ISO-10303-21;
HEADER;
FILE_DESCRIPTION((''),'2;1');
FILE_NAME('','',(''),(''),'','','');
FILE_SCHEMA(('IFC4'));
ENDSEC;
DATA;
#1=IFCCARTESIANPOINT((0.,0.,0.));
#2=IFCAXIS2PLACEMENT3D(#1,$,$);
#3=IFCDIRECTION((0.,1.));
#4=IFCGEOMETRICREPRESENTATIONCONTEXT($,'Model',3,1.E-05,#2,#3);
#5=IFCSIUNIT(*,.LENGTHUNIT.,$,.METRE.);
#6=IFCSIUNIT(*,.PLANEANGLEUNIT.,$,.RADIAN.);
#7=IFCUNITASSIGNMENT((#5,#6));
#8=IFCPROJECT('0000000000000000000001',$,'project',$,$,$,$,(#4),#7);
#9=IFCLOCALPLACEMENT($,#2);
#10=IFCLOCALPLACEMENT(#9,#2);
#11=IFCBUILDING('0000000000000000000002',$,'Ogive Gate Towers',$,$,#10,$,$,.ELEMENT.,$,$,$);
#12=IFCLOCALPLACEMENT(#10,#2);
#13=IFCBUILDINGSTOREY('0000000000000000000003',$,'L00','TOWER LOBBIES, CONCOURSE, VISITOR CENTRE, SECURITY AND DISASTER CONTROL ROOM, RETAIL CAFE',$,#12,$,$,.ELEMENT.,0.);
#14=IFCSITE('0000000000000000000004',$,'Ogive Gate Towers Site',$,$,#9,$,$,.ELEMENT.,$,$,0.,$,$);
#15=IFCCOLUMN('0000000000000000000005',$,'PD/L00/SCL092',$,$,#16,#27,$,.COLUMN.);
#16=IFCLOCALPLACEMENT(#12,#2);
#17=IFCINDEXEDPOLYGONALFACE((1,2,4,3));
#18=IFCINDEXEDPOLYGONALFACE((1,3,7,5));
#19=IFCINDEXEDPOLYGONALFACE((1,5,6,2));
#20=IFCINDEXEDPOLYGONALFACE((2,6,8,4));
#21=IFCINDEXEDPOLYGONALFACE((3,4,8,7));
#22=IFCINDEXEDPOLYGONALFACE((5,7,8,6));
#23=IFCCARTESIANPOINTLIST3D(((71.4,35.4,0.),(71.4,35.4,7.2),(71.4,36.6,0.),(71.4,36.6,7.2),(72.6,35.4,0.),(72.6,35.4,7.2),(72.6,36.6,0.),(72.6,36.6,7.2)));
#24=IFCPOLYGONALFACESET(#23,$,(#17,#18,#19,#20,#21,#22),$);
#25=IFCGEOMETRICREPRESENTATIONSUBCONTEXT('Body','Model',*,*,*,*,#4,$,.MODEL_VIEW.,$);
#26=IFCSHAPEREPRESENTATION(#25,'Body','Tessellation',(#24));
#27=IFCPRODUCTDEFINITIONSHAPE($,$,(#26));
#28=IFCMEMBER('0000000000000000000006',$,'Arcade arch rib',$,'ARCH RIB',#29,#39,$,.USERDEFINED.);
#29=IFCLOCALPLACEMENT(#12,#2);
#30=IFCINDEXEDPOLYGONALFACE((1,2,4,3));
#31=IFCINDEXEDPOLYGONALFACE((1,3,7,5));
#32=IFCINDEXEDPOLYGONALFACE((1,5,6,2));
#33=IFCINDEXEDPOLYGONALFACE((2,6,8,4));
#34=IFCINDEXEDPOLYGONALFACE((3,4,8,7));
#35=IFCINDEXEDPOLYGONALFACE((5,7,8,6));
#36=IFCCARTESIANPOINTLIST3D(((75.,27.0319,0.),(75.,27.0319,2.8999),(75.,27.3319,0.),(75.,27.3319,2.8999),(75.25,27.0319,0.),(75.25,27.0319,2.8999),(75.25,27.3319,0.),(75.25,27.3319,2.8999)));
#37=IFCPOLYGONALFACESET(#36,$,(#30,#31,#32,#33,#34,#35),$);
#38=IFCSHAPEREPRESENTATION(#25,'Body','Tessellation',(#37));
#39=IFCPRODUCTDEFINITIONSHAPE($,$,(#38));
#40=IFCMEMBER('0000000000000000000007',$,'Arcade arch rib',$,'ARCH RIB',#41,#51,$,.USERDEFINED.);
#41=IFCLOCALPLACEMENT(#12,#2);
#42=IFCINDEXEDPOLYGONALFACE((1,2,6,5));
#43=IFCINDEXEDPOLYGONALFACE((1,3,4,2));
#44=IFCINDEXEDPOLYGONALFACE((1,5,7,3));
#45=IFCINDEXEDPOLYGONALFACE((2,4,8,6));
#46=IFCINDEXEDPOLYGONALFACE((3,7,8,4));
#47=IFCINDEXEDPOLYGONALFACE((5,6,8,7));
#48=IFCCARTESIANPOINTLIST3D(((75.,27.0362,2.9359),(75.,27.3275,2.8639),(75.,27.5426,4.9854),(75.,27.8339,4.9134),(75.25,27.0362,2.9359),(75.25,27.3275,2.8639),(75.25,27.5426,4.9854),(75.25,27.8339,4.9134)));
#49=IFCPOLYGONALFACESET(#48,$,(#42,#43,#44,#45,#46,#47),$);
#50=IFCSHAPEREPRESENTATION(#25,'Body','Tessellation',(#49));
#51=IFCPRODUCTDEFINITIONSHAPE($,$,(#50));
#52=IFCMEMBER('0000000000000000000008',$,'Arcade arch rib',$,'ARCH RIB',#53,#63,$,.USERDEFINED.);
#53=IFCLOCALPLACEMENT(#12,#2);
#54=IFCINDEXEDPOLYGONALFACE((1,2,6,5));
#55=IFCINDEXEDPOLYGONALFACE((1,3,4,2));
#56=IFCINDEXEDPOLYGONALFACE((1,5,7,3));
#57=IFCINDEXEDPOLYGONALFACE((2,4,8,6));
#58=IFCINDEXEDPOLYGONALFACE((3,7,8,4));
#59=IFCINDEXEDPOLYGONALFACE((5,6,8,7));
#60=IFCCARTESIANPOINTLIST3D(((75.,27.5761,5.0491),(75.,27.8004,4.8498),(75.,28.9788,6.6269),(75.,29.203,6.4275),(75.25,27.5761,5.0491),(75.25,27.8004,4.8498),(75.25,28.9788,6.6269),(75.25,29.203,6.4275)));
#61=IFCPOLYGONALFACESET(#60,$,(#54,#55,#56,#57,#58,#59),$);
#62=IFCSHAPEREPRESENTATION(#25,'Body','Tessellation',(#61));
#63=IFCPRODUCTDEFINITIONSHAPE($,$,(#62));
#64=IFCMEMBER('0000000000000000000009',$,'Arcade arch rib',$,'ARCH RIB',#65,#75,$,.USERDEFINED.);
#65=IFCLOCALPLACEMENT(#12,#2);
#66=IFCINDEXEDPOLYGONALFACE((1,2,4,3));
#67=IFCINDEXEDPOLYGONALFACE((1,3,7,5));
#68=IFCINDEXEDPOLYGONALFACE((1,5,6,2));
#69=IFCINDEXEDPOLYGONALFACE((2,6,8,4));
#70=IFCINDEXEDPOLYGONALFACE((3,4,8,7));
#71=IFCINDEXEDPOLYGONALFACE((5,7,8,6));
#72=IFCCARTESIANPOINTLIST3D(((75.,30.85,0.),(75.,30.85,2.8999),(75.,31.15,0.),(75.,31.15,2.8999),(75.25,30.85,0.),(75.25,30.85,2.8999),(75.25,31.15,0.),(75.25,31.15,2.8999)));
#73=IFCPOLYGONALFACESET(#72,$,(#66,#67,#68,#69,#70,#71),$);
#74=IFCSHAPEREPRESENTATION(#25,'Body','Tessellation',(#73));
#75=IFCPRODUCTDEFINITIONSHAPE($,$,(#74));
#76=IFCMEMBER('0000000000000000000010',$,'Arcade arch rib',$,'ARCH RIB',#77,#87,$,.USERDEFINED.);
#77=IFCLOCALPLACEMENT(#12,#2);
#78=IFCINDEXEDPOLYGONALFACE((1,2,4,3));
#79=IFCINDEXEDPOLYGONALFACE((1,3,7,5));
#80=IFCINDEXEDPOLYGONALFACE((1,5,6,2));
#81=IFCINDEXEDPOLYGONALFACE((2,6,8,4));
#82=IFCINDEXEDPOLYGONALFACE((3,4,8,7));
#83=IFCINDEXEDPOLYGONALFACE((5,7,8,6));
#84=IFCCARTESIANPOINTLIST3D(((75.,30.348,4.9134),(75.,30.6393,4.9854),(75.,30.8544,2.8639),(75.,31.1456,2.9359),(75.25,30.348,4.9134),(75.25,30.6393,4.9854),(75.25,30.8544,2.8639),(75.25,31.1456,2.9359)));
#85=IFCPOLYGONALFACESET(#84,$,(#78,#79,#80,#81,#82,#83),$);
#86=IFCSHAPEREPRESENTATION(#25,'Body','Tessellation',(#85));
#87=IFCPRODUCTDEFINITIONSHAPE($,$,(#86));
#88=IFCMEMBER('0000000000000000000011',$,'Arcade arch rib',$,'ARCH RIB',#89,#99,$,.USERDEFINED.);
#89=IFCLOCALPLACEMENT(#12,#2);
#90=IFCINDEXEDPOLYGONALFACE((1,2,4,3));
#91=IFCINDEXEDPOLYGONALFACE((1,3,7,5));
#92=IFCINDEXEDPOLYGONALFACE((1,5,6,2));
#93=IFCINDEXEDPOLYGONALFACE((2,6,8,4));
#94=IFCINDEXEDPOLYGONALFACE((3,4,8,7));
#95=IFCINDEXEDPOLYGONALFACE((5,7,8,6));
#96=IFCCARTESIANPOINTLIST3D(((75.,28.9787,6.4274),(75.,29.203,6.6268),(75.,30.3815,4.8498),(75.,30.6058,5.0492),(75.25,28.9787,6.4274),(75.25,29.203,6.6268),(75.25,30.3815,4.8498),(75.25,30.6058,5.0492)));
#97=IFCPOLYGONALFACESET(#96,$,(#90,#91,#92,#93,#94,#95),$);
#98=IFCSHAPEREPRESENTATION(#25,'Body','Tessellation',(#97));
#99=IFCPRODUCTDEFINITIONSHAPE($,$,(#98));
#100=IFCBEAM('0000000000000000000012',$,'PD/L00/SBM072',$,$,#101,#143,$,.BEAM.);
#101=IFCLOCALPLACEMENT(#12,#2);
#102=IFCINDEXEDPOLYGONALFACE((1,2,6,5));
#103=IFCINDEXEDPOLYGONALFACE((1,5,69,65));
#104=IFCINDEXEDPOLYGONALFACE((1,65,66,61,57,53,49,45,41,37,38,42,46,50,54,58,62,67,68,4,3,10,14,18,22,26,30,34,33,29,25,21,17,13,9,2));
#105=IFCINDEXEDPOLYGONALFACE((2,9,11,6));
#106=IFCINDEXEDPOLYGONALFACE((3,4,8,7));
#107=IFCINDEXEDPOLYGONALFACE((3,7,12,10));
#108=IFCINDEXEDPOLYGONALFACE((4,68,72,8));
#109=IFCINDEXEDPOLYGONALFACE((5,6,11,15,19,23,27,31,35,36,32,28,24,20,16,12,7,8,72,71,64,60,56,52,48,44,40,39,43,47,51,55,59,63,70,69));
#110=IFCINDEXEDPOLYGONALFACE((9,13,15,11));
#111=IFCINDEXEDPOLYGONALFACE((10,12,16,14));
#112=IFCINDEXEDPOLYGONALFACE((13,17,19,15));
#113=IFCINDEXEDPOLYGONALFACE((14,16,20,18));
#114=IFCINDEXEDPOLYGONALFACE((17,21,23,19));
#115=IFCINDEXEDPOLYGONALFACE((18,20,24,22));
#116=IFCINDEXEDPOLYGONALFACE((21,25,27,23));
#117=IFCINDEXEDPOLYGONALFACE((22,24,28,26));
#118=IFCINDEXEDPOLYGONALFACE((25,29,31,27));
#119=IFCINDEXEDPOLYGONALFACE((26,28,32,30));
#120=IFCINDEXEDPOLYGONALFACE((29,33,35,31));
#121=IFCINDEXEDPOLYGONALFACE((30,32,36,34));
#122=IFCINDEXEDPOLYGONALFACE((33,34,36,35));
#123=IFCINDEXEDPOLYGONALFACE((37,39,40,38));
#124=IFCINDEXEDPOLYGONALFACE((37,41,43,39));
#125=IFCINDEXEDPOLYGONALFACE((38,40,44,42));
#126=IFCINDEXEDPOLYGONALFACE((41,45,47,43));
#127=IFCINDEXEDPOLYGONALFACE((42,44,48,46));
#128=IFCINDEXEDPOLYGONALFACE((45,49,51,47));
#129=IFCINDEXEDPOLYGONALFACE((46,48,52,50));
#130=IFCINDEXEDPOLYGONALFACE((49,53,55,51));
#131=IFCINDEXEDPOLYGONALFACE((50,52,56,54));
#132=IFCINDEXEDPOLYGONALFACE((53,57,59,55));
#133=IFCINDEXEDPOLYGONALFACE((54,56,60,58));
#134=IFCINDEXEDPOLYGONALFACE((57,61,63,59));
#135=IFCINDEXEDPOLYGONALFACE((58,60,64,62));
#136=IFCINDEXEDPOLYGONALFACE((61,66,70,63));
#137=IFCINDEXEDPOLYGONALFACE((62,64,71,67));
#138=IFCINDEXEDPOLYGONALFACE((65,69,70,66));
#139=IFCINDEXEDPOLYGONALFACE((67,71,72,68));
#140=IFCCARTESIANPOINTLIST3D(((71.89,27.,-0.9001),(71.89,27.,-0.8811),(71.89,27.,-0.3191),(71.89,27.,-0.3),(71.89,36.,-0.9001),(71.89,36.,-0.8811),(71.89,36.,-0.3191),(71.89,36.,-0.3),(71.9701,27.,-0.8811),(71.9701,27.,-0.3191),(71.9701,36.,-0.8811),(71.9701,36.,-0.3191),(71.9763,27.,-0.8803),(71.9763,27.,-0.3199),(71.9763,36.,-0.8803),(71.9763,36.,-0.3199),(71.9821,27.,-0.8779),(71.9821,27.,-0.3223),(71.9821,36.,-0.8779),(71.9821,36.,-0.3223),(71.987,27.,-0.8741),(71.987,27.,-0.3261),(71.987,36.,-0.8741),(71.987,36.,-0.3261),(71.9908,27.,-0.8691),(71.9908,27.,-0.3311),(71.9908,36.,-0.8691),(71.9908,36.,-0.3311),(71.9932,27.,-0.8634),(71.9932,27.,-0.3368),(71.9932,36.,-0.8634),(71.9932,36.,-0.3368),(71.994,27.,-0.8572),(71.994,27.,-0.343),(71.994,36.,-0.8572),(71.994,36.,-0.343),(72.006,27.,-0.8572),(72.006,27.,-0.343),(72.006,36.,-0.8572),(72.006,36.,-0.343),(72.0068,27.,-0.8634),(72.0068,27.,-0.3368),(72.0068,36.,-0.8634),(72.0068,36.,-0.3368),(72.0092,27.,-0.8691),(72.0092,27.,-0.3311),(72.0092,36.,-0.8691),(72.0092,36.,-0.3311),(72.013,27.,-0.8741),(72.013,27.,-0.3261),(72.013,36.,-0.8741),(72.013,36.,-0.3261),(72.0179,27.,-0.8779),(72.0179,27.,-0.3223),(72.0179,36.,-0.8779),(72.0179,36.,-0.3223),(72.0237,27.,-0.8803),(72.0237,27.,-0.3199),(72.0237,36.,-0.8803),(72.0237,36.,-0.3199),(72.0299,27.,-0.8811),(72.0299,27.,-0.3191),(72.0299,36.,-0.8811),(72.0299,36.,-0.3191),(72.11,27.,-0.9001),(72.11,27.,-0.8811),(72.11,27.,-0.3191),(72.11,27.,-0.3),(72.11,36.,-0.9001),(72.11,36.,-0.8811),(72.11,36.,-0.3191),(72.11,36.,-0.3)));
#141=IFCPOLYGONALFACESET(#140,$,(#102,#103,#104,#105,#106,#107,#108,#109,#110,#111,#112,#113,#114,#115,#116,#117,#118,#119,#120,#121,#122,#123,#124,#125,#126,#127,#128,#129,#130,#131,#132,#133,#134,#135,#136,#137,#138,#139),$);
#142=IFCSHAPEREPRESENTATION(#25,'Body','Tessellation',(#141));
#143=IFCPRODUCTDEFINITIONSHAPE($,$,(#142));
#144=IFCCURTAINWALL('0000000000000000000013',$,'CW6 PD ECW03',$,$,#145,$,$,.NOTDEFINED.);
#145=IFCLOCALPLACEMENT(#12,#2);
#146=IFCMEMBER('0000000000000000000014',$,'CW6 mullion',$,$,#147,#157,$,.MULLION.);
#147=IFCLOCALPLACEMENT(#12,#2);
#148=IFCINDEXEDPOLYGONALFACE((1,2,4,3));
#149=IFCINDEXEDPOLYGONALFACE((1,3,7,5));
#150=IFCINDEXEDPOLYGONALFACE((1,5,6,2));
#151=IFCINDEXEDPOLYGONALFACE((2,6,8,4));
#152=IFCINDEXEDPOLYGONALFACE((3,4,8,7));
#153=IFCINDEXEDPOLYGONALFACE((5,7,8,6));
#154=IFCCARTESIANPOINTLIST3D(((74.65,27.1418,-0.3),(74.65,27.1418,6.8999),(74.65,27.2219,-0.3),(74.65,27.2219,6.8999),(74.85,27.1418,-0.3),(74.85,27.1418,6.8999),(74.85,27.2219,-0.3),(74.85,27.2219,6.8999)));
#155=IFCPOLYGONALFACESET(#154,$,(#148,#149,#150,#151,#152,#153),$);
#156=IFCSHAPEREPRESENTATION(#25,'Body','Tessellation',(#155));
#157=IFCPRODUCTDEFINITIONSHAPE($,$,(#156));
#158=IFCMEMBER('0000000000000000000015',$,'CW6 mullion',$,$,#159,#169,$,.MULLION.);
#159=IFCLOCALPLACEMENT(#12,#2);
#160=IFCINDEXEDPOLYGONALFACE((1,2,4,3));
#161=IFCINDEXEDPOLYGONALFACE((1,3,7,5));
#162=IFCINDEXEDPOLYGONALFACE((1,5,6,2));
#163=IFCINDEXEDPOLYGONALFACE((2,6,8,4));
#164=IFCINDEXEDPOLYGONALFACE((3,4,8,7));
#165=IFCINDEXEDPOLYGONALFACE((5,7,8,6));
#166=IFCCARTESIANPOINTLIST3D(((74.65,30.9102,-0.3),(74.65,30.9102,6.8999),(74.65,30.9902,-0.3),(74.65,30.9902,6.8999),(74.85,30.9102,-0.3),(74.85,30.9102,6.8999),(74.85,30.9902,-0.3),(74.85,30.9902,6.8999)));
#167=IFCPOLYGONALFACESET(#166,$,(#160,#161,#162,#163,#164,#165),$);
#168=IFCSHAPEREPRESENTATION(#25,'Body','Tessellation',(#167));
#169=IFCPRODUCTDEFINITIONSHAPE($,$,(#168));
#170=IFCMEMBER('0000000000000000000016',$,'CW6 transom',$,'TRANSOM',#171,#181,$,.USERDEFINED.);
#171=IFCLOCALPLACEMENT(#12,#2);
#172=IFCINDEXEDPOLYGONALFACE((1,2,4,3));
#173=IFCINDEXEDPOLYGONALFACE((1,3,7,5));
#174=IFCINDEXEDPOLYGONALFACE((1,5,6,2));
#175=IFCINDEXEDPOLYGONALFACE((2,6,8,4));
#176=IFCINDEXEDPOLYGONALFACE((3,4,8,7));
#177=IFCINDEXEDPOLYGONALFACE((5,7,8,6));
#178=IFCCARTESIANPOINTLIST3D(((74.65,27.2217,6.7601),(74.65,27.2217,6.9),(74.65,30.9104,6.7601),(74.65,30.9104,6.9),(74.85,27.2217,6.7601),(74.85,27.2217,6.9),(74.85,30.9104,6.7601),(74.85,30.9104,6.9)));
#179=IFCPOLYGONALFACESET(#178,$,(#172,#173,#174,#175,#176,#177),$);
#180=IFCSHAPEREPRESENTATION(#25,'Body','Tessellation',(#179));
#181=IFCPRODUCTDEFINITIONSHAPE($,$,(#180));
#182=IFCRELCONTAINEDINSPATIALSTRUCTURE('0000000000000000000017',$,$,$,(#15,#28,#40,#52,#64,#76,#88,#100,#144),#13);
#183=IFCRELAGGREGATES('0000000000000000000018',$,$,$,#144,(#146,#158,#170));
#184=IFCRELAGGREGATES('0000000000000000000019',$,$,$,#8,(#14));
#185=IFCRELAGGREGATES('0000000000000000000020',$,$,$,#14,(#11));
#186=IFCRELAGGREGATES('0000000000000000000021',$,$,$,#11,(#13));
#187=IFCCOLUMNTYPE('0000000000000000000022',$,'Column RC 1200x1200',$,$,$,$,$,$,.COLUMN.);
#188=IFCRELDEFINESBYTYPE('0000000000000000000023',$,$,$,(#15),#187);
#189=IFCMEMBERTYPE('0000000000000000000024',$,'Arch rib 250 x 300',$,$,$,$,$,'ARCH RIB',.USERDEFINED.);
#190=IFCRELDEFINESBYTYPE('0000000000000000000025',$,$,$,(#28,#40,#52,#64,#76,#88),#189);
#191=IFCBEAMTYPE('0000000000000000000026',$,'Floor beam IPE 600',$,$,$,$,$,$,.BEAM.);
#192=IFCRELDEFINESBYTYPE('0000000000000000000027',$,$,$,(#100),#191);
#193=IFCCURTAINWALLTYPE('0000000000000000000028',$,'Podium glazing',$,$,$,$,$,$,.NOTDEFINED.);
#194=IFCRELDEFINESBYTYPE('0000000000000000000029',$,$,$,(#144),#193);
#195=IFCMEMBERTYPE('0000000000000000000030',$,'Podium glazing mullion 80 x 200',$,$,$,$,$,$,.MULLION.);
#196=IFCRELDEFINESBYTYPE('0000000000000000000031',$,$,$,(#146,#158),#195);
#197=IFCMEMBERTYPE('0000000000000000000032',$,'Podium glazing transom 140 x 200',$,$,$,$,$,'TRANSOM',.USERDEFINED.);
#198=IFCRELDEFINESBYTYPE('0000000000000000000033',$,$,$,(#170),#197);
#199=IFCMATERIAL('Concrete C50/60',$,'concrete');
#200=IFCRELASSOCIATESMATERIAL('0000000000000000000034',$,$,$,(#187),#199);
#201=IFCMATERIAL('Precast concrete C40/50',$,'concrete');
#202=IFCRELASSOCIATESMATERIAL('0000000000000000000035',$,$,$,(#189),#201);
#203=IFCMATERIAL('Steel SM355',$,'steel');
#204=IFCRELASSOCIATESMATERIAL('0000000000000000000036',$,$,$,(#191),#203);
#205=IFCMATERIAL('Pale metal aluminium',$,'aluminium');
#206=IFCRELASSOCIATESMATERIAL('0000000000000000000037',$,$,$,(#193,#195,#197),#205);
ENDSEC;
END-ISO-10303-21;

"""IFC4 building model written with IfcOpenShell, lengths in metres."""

from ifc_helpers import new_model, si_unit, direction, frame, origin, origin_2d, place, context, subcontext, project, spatial, rectangle, i_section, extrude, material, material_profile, profile_set, type_object, element, aggregate, save


model = new_model("IFC4")

# Units and contexts
model_context = context("Model", 3, precision=1e-05, world=origin(), true_north=direction((0.0, 1.0)))
body_context = subcontext(model_context, "Body", "Model", "MODEL_VIEW")
ifc_project = project(units=[si_unit("LENGTHUNIT", "METRE"), si_unit("PLANEANGLEUNIT", "RADIAN")], contexts=[model_context])

# Site, building, storey
site_placement = place(None, origin())
site = spatial("IfcSite", under=ifc_project, at=site_placement, Name="Ogive Gate Towers Site", CompositionType="ELEMENT", RefElevation=0.0)
building_placement = place(site_placement, origin())
building = spatial("IfcBuilding", under=site, at=building_placement, Name="Ogive Gate Towers", CompositionType="ELEMENT")
storey_placement = place(building_placement, origin())
storey = spatial("IfcBuildingStorey", under=building, at=storey_placement, Name="L00", Description="TOWER LOBBIES, CONCOURSE, VISITOR CENTRE, SECURITY AND DISASTER CONTROL ROOM, RETAIL CAFE", CompositionType="ELEMENT", Elevation=0.0)

# Column
ifc_material_1 = material(Name="Concrete C50/60", Category="concrete")
ifc_material_profile_1 = material_profile(ifc_material_1, rectangle(XDim=1.2, YDim=1.2, at=origin_2d()), Name="RC 1200x1200")
ifc_profile_set_1 = profile_set([ifc_material_profile_1], Name="Concrete C50/60")
column_type = type_object("IfcColumnType", Name="Column RC 1200x1200", PredefinedType="COLUMN", material=ifc_profile_set_1)
column_placement = place(storey_placement, frame((72.0, 36.0, 0.0), z_axis=(0.0, 0.0, 1.0), x_axis=(1.0, 0.0, 0.0)))
element("IfcColumn", 1, at=column_placement, inside=storey, type_object=column_type, Name="PD/L00/SCL092", PredefinedType="COLUMN", context=body_context, shape_type="SweptSolid", body=[
    extrude(rectangle(XDim=1.2, YDim=1.2, at=origin_2d()), origin(), (0.0, 0.0, 1.0), 7.2),
])

# Members
ifc_material_2 = material(Name="Precast concrete C40/50", Category="concrete")
ifc_material_profile_2 = material_profile(ifc_material_2, rectangle(XDim=0.25, YDim=0.3, at=origin_2d()), Name="250 x 300 cast stone")
ifc_profile_set_2 = profile_set([ifc_material_profile_2], Name="Precast concrete C40/50")
member_type_1 = type_object("IfcMemberType", Name="Arch rib 250 x 300", ElementType="ARCH RIB", PredefinedType="USERDEFINED", material=ifc_profile_set_2)
member_1_placement = place(storey_placement, frame((75.125, 27.1819, 0.0), z_axis=(0.0, 0.0, 1.0), x_axis=(1.0, 0.0, 0.0)))
element("IfcMember", 2, at=member_1_placement, inside=storey, type_object=member_type_1, Name="Arcade arch rib", ObjectType="ARCH RIB", PredefinedType="USERDEFINED", context=body_context, shape_type="SweptSolid", body=[
    extrude(rectangle(XDim=0.25, YDim=0.3, at=origin_2d()), origin(), (0.0, 0.0, 1.0), 2.8999),
])
for number, where, z_axis, x_axis, name in (
    (3, (75.125, 27.1819, 2.8999), (0.0, 0.239841, 0.970812), (-1.0, 0.0, 0.0), "Arcade arch rib"),
    (4, (75.125, 27.6882, 4.9495), (0.0, 0.664428, 0.747352), (-1.0, 0.0, 0.0), "Arcade arch rib"),
):
    element("IfcMember", number, at=place(storey_placement, frame(where, z_axis=z_axis, x_axis=x_axis)), inside=storey, type_object=member_type_1, Name=name, ObjectType="ARCH RIB", PredefinedType="USERDEFINED", context=body_context, shape_type="SweptSolid", body=[
        extrude(rectangle(XDim=0.25, YDim=0.3, at=origin_2d()), origin(), (0.0, 0.0, 1.0), 2.1111),
    ])
member_2_placement = place(storey_placement, frame((75.125, 31.0, 0.0), z_axis=(0.0, 0.0, 1.0), x_axis=(1.0, 0.0, 0.0)))
element("IfcMember", 5, at=member_2_placement, inside=storey, type_object=member_type_1, Name="Arcade arch rib", ObjectType="ARCH RIB", PredefinedType="USERDEFINED", context=body_context, shape_type="SweptSolid", body=[
    extrude(rectangle(XDim=0.25, YDim=0.3, at=origin_2d()), origin(), (0.0, 0.0, 1.0), 2.8999),
])
for number, where, z_axis, x_axis, name in (
    (6, (75.125, 31.0, 2.8999), (0.0, -0.239841, 0.970812), (1.0, 0.0, 0.0), "Arcade arch rib"),
    (7, (75.125, 30.4937, 4.9495), (0.0, -0.664493, 0.747294), (1.0, 0.0, 0.0), "Arcade arch rib"),
):
    element("IfcMember", number, at=place(storey_placement, frame(where, z_axis=z_axis, x_axis=x_axis)), inside=storey, type_object=member_type_1, Name=name, ObjectType="ARCH RIB", PredefinedType="USERDEFINED", context=body_context, shape_type="SweptSolid", body=[
        extrude(rectangle(XDim=0.25, YDim=0.3, at=origin_2d()), origin(), (0.0, 0.0, 1.0), 2.1111),
    ])

# Beam
ifc_material_3 = material(Name="Steel SM355", Category="steel")
ifc_material_profile_3 = material_profile(ifc_material_3, i_section(OverallWidth=0.22, OverallDepth=0.6001, WebThickness=0.012, FlangeThickness=0.019, FilletRadius=0.0239, at=origin_2d()), Name="IPE 600")
ifc_profile_set_3 = profile_set([ifc_material_profile_3], Name="Steel SM355")
beam_type = type_object("IfcBeamType", Name="Floor beam IPE 600", PredefinedType="BEAM", material=ifc_profile_set_3)
beam_placement = place(storey_placement, frame((72.0, 27.0, -0.6001), z_axis=(0.0, 1.0, 0.0), x_axis=(-1.0, 0.0, 0.0)))
element("IfcBeam", 8, at=beam_placement, inside=storey, type_object=beam_type, Name="PD/L00/SBM072", PredefinedType="BEAM", context=body_context, shape_type="SweptSolid", body=[
    extrude(i_section(OverallWidth=0.22, OverallDepth=0.6001, WebThickness=0.012, FlangeThickness=0.019, FilletRadius=0.0239, at=origin_2d()), origin(), (0.0, 0.0, 1.0), 9.0),
])

# Curtain wall, members
ifc_material_4 = material(Name="Pale metal aluminium", Category="aluminium")
curtain_wall_type = type_object("IfcCurtainWallType", Name="Podium glazing", PredefinedType="NOTDEFINED", material=ifc_material_4)
curtain_wall_placement = place(storey_placement, origin())
curtain_wall = element("IfcCurtainWall", 9, at=curtain_wall_placement, inside=storey, type_object=curtain_wall_type, Name="CW6 PD ECW03", PredefinedType="NOTDEFINED")
ifc_material_profile_4 = material_profile(ifc_material_4, rectangle(XDim=0.2, YDim=0.0801, at=origin_2d()), Name="80 x 200 aluminium box")
ifc_profile_set_4 = profile_set([ifc_material_profile_4], Name="Pale metal aluminium")
member_type_2 = type_object("IfcMemberType", Name="Podium glazing mullion 80 x 200", PredefinedType="MULLION", material=ifc_profile_set_4)
member_3_placement = place(storey_placement, frame((74.75, 27.1819, -0.3), z_axis=(0.0, 0.0, 1.0), x_axis=(1.0, 0.0, 0.0)))
member_3 = element("IfcMember", 10, at=member_3_placement, type_object=member_type_2, Name="CW6 mullion", PredefinedType="MULLION", context=body_context, shape_type="SweptSolid", body=[
    extrude(rectangle(XDim=0.2, YDim=0.0801, at=origin_2d()), origin(), (0.0, 0.0, 1.0), 7.2),
])
member_4_placement = place(storey_placement, frame((74.75, 30.9502, -0.3), z_axis=(0.0, 0.0, 1.0), x_axis=(1.0, 0.0, 0.0)))
member_4 = element("IfcMember", 11, at=member_4_placement, type_object=member_type_2, Name="CW6 mullion", PredefinedType="MULLION", context=body_context, shape_type="SweptSolid", body=[
    extrude(rectangle(XDim=0.2, YDim=0.0801, at=origin_2d()), origin(), (0.0, 0.0, 1.0), 7.2),
])
ifc_material_profile_5 = material_profile(ifc_material_4, rectangle(XDim=0.2, YDim=0.1399, at=origin_2d()), Name="140 x 200 aluminium box")
ifc_profile_set_5 = profile_set([ifc_material_profile_5], Name="Pale metal aluminium")
member_type_3 = type_object("IfcMemberType", Name="Podium glazing transom 140 x 200", ElementType="TRANSOM", PredefinedType="USERDEFINED", material=ifc_profile_set_5)
member_5_placement = place(storey_placement, frame((74.75, 27.2217, 6.8301), z_axis=(0.0, 1.0, 0.0), x_axis=(-1.0, 0.0, 0.0)))
member_5 = element("IfcMember", 12, at=member_5_placement, type_object=member_type_3, Name="CW6 transom", ObjectType="TRANSOM", PredefinedType="USERDEFINED", context=body_context, shape_type="SweptSolid", body=[
    extrude(rectangle(XDim=0.2, YDim=0.1399, at=origin_2d()), origin(), (0.0, 0.0, 1.0), 3.6887),
])
aggregate(curtain_wall, [member_3, member_4, member_5])

save(model, "model.ifc")
